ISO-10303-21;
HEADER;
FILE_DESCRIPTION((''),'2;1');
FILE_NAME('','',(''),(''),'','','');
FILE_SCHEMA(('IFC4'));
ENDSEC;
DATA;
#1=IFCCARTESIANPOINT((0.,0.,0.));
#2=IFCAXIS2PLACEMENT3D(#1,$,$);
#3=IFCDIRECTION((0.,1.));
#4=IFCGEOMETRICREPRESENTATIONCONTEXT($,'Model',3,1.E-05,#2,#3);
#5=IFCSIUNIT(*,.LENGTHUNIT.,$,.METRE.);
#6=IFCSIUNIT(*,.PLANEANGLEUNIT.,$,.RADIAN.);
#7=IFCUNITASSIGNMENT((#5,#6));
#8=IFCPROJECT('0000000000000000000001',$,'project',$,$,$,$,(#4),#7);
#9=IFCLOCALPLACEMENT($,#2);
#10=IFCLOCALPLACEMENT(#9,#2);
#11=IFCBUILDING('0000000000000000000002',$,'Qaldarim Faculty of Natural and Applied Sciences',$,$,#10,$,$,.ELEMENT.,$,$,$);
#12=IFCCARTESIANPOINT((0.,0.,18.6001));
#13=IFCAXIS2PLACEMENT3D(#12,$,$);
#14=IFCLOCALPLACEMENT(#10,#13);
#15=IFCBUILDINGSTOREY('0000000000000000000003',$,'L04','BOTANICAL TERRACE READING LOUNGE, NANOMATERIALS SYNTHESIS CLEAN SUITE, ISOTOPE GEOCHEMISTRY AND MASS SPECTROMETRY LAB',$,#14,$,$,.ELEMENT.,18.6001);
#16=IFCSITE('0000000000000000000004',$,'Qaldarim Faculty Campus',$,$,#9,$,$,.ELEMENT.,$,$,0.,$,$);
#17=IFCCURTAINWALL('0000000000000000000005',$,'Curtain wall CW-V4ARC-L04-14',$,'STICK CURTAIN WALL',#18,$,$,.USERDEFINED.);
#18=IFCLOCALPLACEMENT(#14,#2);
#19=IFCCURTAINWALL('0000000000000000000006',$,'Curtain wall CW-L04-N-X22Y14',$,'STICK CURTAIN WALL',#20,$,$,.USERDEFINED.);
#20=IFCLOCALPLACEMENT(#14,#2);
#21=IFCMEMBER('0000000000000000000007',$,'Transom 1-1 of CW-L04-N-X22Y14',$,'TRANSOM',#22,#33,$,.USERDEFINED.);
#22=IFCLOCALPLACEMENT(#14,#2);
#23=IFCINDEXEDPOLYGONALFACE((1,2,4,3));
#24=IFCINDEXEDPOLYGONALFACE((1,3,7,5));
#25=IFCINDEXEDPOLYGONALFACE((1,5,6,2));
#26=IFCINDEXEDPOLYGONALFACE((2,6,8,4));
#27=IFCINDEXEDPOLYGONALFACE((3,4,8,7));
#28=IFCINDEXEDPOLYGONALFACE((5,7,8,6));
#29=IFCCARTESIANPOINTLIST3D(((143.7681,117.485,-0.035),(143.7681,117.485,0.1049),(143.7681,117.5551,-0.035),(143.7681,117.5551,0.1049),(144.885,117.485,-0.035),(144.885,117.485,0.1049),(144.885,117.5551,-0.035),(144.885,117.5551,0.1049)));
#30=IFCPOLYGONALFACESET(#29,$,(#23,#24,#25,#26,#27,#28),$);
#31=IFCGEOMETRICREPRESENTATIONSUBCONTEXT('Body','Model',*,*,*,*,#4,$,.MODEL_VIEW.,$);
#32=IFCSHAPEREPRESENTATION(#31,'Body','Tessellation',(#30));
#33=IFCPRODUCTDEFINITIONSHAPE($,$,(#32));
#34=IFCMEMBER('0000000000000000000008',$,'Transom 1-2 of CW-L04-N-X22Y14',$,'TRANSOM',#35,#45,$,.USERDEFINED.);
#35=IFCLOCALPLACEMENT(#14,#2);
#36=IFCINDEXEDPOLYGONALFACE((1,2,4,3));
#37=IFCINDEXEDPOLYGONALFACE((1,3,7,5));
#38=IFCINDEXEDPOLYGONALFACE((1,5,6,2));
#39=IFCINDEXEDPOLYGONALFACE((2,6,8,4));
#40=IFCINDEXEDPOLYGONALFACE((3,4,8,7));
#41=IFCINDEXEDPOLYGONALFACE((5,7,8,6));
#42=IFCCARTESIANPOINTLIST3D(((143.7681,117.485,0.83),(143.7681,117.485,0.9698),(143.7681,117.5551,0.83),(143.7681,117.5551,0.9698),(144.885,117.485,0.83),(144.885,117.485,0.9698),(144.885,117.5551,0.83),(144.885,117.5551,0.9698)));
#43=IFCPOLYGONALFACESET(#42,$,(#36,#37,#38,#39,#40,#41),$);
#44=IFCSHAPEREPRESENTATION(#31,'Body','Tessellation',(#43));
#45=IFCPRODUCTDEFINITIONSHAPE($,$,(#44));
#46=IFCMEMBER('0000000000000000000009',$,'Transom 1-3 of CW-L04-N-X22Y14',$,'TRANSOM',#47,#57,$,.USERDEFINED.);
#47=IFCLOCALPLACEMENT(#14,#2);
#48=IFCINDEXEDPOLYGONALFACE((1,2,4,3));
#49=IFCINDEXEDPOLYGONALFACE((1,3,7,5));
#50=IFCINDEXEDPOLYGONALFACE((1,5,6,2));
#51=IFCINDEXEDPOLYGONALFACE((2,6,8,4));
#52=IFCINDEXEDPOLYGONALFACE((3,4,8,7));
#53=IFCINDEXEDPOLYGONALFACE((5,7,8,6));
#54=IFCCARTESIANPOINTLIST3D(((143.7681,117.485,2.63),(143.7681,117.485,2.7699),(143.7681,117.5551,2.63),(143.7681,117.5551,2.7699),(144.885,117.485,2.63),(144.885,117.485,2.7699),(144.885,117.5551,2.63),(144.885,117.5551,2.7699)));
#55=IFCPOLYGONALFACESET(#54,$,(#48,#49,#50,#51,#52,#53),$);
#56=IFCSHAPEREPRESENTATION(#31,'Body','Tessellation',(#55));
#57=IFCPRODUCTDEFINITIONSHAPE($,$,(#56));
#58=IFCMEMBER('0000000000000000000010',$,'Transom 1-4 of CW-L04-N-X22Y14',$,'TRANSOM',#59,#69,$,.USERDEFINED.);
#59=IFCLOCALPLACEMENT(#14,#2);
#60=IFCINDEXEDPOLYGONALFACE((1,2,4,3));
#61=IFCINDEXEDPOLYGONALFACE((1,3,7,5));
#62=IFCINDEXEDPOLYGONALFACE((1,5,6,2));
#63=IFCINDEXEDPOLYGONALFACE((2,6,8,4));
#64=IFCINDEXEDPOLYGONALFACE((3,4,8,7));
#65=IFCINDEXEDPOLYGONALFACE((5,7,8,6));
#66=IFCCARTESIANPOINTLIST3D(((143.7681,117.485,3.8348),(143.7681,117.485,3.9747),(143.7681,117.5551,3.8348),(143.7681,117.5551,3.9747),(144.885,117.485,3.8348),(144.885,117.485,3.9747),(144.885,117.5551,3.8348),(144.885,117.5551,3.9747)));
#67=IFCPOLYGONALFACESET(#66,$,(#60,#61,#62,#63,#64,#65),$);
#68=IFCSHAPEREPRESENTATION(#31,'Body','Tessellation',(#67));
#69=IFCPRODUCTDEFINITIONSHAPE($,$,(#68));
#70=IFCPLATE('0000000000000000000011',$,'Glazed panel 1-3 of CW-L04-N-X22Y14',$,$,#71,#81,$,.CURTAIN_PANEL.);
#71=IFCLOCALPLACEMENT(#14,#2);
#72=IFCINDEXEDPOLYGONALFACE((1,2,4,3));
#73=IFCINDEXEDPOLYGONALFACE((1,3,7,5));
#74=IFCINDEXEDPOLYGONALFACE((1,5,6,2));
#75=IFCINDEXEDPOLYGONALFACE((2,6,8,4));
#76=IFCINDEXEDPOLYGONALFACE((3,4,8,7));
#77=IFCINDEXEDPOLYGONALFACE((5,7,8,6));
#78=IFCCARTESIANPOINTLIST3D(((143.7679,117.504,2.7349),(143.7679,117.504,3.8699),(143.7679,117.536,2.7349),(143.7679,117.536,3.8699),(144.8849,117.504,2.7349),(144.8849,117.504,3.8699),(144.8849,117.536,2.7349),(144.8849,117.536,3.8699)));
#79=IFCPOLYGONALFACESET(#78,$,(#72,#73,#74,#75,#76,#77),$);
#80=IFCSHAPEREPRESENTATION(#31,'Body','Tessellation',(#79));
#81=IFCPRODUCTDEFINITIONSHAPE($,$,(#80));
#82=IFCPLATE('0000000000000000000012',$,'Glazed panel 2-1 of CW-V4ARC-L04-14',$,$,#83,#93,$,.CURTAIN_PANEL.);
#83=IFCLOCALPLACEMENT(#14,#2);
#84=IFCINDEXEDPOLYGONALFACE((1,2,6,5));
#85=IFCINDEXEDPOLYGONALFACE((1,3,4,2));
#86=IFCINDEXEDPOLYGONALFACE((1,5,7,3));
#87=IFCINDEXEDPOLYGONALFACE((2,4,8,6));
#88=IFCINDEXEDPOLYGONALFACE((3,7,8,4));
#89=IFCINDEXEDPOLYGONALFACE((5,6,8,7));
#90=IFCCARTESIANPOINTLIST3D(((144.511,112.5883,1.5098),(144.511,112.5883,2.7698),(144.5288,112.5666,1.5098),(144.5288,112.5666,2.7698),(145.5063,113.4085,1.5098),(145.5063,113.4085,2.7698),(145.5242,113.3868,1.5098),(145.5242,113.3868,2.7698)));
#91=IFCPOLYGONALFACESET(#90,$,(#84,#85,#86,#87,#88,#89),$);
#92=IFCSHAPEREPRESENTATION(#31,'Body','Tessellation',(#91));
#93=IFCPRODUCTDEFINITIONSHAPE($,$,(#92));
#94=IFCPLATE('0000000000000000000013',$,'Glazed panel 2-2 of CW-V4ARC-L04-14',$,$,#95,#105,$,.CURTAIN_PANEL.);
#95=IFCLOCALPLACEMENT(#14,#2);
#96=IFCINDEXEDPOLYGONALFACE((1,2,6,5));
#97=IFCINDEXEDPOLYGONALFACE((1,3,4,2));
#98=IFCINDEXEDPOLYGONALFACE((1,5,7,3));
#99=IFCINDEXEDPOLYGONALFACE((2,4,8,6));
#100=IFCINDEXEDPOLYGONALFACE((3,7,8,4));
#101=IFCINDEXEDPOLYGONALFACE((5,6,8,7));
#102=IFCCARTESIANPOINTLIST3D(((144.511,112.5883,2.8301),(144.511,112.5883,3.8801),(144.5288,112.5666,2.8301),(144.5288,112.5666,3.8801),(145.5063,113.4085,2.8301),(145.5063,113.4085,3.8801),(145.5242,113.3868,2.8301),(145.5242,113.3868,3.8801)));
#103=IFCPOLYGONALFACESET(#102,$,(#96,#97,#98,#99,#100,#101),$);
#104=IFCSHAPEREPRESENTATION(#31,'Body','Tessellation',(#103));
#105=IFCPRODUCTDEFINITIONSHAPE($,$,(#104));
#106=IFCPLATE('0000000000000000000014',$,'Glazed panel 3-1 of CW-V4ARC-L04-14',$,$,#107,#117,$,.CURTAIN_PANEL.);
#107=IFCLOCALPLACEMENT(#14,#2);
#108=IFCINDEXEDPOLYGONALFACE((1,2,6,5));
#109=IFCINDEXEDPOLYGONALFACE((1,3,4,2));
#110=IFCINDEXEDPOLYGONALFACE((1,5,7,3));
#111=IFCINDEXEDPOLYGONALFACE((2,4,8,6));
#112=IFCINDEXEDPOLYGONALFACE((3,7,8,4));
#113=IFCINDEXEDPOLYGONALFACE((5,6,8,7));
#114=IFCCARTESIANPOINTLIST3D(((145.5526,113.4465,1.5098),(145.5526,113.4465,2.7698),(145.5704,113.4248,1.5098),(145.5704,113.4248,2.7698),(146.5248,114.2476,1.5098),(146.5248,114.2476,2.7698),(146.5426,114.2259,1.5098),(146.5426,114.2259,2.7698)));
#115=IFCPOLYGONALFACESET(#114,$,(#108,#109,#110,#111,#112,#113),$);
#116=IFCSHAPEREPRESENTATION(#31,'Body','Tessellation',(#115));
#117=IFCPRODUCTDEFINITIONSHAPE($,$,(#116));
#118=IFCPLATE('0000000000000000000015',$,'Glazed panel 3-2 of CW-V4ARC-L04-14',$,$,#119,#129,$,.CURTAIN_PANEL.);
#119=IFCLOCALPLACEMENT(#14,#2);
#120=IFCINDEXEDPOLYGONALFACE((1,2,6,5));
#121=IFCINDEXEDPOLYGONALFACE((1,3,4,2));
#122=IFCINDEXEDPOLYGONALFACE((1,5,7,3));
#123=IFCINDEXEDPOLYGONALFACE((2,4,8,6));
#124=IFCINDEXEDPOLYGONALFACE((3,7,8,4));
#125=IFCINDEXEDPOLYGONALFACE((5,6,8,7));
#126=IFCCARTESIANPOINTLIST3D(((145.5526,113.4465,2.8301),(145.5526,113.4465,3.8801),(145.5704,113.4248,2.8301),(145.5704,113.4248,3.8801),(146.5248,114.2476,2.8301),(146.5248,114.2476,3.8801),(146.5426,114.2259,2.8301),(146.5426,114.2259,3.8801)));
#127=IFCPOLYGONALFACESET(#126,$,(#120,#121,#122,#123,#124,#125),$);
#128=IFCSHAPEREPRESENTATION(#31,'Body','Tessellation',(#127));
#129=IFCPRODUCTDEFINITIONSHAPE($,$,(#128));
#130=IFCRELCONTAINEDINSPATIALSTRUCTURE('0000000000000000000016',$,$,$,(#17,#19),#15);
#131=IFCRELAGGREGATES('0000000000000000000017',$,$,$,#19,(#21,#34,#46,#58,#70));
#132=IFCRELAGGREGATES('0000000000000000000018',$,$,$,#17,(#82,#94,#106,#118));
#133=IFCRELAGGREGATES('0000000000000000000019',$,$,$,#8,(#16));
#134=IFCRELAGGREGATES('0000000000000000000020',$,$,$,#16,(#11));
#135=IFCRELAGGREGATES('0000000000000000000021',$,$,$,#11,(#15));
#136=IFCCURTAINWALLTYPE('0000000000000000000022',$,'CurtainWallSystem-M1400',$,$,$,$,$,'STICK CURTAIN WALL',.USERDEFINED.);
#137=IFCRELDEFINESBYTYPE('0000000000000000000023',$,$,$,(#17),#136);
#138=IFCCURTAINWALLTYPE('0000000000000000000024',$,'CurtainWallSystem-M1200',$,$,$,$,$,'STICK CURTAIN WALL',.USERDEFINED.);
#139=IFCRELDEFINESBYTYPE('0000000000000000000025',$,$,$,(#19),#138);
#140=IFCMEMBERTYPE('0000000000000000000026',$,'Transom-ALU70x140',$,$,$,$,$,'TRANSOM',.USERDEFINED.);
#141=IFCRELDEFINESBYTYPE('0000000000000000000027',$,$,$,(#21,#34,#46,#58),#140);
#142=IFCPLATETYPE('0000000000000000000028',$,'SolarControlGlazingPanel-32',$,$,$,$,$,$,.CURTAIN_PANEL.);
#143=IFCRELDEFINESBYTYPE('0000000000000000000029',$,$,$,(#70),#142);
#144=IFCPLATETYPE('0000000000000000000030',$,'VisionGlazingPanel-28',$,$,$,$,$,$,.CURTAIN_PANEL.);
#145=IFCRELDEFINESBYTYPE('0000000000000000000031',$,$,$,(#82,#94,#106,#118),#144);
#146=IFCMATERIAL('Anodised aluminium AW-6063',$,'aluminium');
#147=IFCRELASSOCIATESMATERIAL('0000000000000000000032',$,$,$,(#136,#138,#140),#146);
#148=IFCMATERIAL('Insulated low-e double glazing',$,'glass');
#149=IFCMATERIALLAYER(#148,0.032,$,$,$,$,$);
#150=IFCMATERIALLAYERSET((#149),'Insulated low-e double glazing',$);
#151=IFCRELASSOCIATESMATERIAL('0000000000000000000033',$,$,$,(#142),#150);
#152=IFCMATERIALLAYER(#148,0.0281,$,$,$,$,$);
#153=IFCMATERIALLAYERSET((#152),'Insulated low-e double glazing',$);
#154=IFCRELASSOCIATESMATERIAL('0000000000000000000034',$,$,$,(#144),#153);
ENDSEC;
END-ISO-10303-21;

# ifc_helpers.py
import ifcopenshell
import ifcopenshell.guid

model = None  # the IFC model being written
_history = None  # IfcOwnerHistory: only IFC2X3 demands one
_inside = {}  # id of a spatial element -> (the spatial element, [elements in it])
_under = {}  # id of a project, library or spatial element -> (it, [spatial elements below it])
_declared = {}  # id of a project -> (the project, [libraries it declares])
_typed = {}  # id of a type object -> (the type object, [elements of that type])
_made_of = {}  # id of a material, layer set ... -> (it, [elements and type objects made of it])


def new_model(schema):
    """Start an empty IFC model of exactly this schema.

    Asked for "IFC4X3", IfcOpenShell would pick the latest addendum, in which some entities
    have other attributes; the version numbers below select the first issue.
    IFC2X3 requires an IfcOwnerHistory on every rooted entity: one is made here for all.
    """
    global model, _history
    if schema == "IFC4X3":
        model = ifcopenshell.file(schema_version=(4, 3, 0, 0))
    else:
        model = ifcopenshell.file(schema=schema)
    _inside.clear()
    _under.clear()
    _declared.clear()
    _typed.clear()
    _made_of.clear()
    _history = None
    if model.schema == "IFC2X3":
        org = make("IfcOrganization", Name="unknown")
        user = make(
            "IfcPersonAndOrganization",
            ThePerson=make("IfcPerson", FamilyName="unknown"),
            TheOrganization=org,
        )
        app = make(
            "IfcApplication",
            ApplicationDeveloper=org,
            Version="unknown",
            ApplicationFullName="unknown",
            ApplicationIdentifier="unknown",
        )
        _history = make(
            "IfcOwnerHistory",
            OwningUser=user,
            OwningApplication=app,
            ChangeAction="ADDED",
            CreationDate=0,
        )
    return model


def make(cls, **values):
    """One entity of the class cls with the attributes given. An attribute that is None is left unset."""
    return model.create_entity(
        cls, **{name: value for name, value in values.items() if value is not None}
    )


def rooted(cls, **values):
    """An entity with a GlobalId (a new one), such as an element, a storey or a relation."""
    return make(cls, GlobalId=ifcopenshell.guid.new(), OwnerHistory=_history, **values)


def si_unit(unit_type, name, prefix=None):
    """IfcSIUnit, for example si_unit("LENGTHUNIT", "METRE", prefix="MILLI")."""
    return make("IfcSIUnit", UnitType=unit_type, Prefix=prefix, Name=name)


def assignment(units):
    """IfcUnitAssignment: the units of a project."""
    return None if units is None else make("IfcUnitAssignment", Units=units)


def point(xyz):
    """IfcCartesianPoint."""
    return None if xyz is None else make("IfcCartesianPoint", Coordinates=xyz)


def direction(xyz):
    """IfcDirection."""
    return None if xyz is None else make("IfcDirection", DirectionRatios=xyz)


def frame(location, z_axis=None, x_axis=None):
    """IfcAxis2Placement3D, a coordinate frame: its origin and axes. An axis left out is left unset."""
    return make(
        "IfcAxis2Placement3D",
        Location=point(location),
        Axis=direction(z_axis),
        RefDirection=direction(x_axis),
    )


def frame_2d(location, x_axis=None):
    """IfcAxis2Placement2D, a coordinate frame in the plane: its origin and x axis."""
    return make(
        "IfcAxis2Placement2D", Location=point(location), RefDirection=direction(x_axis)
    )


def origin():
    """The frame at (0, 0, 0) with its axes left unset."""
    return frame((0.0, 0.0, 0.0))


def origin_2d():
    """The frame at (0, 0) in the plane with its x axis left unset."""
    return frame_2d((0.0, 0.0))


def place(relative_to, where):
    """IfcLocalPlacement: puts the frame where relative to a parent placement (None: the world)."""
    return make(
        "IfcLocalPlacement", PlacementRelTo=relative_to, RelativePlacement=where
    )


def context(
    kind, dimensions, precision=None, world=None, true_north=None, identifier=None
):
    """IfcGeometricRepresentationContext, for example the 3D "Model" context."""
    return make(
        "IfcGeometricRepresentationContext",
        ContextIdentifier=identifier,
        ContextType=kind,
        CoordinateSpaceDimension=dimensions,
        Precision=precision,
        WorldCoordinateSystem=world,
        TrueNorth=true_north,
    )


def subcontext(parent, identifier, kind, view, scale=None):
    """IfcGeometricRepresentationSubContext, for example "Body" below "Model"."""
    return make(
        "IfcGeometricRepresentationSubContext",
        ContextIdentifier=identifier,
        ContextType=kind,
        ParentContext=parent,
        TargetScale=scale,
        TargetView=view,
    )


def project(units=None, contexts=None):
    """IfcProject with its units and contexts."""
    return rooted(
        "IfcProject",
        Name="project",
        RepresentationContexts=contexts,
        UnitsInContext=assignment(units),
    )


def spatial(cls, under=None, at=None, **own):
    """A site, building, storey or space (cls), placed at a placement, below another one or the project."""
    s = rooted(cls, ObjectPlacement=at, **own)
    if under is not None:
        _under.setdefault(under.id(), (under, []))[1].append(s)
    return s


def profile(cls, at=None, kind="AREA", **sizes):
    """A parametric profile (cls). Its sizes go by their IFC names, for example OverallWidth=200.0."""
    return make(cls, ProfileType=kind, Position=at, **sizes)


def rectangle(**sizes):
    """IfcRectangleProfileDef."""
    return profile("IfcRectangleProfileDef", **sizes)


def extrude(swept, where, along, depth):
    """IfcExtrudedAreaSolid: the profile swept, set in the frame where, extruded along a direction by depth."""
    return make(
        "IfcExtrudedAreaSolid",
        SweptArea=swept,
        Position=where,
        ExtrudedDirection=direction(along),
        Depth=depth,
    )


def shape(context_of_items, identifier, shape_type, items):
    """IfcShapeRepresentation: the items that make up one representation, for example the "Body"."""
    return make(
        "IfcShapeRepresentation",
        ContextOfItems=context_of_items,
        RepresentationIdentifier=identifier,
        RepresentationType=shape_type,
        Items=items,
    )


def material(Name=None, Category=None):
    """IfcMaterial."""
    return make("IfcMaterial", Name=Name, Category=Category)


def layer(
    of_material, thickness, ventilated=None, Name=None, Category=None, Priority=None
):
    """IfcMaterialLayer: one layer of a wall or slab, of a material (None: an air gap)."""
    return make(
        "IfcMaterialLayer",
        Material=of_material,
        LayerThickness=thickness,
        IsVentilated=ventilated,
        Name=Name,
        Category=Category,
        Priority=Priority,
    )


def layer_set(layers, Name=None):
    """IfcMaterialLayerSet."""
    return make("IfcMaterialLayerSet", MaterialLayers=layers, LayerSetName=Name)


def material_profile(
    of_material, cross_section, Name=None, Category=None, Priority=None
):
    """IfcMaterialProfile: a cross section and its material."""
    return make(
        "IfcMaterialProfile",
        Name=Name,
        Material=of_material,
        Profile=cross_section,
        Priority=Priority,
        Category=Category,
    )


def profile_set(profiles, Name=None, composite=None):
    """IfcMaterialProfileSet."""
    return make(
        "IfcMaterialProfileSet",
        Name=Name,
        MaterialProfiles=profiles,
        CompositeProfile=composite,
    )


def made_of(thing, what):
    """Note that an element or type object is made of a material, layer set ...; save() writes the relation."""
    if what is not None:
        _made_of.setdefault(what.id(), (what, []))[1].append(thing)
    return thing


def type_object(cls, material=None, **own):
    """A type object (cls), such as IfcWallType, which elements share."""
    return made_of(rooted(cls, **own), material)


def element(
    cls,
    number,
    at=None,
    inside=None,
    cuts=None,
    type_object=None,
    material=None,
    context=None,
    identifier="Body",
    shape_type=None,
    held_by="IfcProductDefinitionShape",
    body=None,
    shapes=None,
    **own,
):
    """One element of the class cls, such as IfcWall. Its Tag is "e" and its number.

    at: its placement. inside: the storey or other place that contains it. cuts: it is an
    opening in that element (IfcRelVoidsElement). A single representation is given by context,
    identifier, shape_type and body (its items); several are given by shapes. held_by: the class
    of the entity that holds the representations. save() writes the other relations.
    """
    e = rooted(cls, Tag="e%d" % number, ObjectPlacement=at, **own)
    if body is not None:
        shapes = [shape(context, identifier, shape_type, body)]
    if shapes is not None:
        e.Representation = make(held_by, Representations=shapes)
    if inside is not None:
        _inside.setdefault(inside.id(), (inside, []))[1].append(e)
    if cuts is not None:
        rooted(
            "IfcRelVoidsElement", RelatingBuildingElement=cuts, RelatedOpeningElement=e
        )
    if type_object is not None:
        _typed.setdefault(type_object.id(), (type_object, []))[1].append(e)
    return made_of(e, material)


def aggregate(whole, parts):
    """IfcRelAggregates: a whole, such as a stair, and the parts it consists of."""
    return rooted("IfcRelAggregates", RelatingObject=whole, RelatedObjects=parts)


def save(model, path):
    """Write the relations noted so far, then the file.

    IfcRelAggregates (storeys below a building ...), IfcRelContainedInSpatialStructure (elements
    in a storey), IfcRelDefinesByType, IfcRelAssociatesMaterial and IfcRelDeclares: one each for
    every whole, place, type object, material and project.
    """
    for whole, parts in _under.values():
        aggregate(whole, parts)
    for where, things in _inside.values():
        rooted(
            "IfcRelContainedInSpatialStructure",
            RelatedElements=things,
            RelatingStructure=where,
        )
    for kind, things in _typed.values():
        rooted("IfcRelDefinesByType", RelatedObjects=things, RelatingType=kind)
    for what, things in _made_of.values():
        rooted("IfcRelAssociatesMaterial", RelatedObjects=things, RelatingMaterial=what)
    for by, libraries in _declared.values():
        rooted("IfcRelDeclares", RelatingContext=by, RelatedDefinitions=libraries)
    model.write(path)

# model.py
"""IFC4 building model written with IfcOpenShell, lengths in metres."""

from ifc_helpers import new_model, si_unit, direction, frame, origin, origin_2d, place, context, subcontext, project, spatial, rectangle, extrude, material, layer, layer_set, material_profile, profile_set, type_object, element, aggregate, save


model = new_model("IFC4")

# Units and contexts
model_context = context("Model", 3, precision=1e-05, world=origin(), true_north=direction((0.0, 1.0)))
body_context = subcontext(model_context, "Body", "Model", "MODEL_VIEW")
ifc_project = project(units=[si_unit("LENGTHUNIT", "METRE"), si_unit("PLANEANGLEUNIT", "RADIAN")], contexts=[model_context])

# Site, building, storey
site_placement = place(None, origin())
site = spatial("IfcSite", under=ifc_project, at=site_placement, Name="Qaldarim Faculty Campus", CompositionType="ELEMENT", RefElevation=0.0)
building_placement = place(site_placement, origin())
building = spatial("IfcBuilding", under=site, at=building_placement, Name="Qaldarim Faculty of Natural and Applied Sciences", CompositionType="ELEMENT")
storey_placement = place(building_placement, frame((0.0, 0.0, 18.6001)))
storey = spatial("IfcBuildingStorey", under=building, at=storey_placement, Name="L04", Description="BOTANICAL TERRACE READING LOUNGE, NANOMATERIALS SYNTHESIS CLEAN SUITE, ISOTOPE GEOCHEMISTRY AND MASS SPECTROMETRY LAB", CompositionType="ELEMENT", Elevation=18.6001)

# Curtain wall
ifc_material_1 = material(Name="Anodised aluminium AW-6063", Category="aluminium")
curtain_wall_type_1 = type_object("IfcCurtainWallType", Name="CurtainWallSystem-M1400", ElementType="STICK CURTAIN WALL", PredefinedType="USERDEFINED", material=ifc_material_1)
curtain_wall_1_placement = place(storey_placement, origin())
curtain_wall_1 = element("IfcCurtainWall", 1, at=curtain_wall_1_placement, inside=storey, type_object=curtain_wall_type_1, Name="Curtain wall CW-V4ARC-L04-14", ObjectType="STICK CURTAIN WALL", PredefinedType="USERDEFINED")

# Curtain wall
curtain_wall_type_2 = type_object("IfcCurtainWallType", Name="CurtainWallSystem-M1200", ElementType="STICK CURTAIN WALL", PredefinedType="USERDEFINED", material=ifc_material_1)
curtain_wall_2_placement = place(storey_placement, origin())
curtain_wall_2 = element("IfcCurtainWall", 2, at=curtain_wall_2_placement, inside=storey, type_object=curtain_wall_type_2, Name="Curtain wall CW-L04-N-X22Y14", ObjectType="STICK CURTAIN WALL", PredefinedType="USERDEFINED")

# Members
ifc_material_profile_1 = material_profile(ifc_material_1, rectangle(XDim=0.0701, YDim=0.1399, at=origin_2d()), Name="ALU-T70x140")
ifc_profile_set_1 = profile_set([ifc_material_profile_1], Name="Anodised aluminium AW-6063")
member_type_1 = type_object("IfcMemberType", Name="Transom-ALU70x140", ElementType="TRANSOM", PredefinedType="USERDEFINED", material=ifc_profile_set_1)
member_1_placement = place(storey_placement, frame((144.885, 117.52, 0.0349), z_axis=(-1.0, 0.0, 0.0), x_axis=(0.0, -1.0, 0.0)))
member_1 = element("IfcMember", 3, at=member_1_placement, type_object=member_type_1, Name="Transom 1-1 of CW-L04-N-X22Y14", ObjectType="TRANSOM", PredefinedType="USERDEFINED", context=body_context, shape_type="SweptSolid", body=[
    extrude(rectangle(XDim=0.0701, YDim=0.1399, at=origin_2d()), origin(), (0.0, 0.0, 1.0), 1.1169),
])
member_2_placement = place(storey_placement, frame((144.885, 117.52, 0.8999), z_axis=(-1.0, 0.0, 0.0), x_axis=(0.0, -1.0, 0.0)))
member_2 = element("IfcMember", 4, at=member_2_placement, type_object=member_type_1, Name="Transom 1-2 of CW-L04-N-X22Y14", ObjectType="TRANSOM", PredefinedType="USERDEFINED", context=body_context, shape_type="SweptSolid", body=[
    extrude(rectangle(XDim=0.0701, YDim=0.1399, at=origin_2d()), origin(), (0.0, 0.0, 1.0), 1.1169),
])
member_3_placement = place(storey_placement, frame((144.885, 117.52, 2.7), z_axis=(-1.0, 0.0, 0.0), x_axis=(0.0, -1.0, 0.0)))
member_3 = element("IfcMember", 5, at=member_3_placement, type_object=member_type_1, Name="Transom 1-3 of CW-L04-N-X22Y14", ObjectType="TRANSOM", PredefinedType="USERDEFINED", context=body_context, shape_type="SweptSolid", body=[
    extrude(rectangle(XDim=0.0701, YDim=0.1399, at=origin_2d()), origin(), (0.0, 0.0, 1.0), 1.1169),
])
member_4_placement = place(storey_placement, frame((144.885, 117.52, 3.9048), z_axis=(-1.0, 0.0, 0.0), x_axis=(0.0, -1.0, 0.0)))
member_4 = element("IfcMember", 6, at=member_4_placement, type_object=member_type_1, Name="Transom 1-4 of CW-L04-N-X22Y14", ObjectType="TRANSOM", PredefinedType="USERDEFINED", context=body_context, shape_type="SweptSolid", body=[
    extrude(rectangle(XDim=0.0701, YDim=0.1399, at=origin_2d()), origin(), (0.0, 0.0, 1.0), 1.1169),
])

# Plates
ifc_material_2 = material(Name="Insulated low-e double glazing", Category="glass")
ifc_layer_1 = layer(ifc_material_2, 0.032)
ifc_layer_set_1 = layer_set([ifc_layer_1], Name="Insulated low-e double glazing")
plate_type_1 = type_object("IfcPlateType", Name="SolarControlGlazingPanel-32", PredefinedType="CURTAIN_PANEL", material=ifc_layer_set_1)
plate_1_placement = place(storey_placement, frame((144.3264, 117.52, 2.7349), z_axis=(0.0, 0.0, 1.0), x_axis=(-1.0, 0.0, 0.0)))
plate_1 = element("IfcPlate", 7, at=plate_1_placement, type_object=plate_type_1, Name="Glazed panel 1-3 of CW-L04-N-X22Y14", PredefinedType="CURTAIN_PANEL", context=body_context, shape_type="SweptSolid", body=[
    extrude(rectangle(XDim=1.1169, YDim=0.032, at=origin_2d()), origin(), (0.0, 0.0, 1.0), 1.135),
])
aggregate(curtain_wall_2, [member_1, member_2, member_3, member_4, plate_1])
ifc_layer_2 = layer(ifc_material_2, 0.0281)
ifc_layer_set_2 = layer_set([ifc_layer_2], Name="Insulated low-e double glazing")
plate_type_2 = type_object("IfcPlateType", Name="VisionGlazingPanel-28", PredefinedType="CURTAIN_PANEL", material=ifc_layer_set_2)
plate_2_placement = place(storey_placement, frame((145.0176, 112.9875, 1.5098), z_axis=(0.0, 0.0, 1.0), x_axis=(0.771747, 0.63593, 0.0)))
plate_2 = element("IfcPlate", 8, at=plate_2_placement, type_object=plate_type_2, Name="Glazed panel 2-1 of CW-V4ARC-L04-14", PredefinedType="CURTAIN_PANEL", context=body_context, shape_type="SweptSolid", body=[
    extrude(rectangle(XDim=1.2898, YDim=0.0281, at=origin_2d()), origin(), (0.0, 0.0, 1.0), 1.26),
])
plate_3_placement = place(storey_placement, frame((145.0176, 112.9875, 2.8301), z_axis=(0.0, 0.0, 1.0), x_axis=(0.771747, 0.63593, 0.0)))
plate_3 = element("IfcPlate", 9, at=plate_3_placement, type_object=plate_type_2, Name="Glazed panel 2-2 of CW-V4ARC-L04-14", PredefinedType="CURTAIN_PANEL", context=body_context, shape_type="SweptSolid", body=[
    extrude(rectangle(XDim=1.2898, YDim=0.0281, at=origin_2d()), origin(), (0.0, 0.0, 1.0), 1.05),
])
plate_4_placement = place(storey_placement, frame((146.0476, 113.8362, 1.5098), z_axis=(0.0, 0.0, 1.0), x_axis=(0.771747, 0.63593, 0.0)))
plate_4 = element("IfcPlate", 10, at=plate_4_placement, type_object=plate_type_2, Name="Glazed panel 3-1 of CW-V4ARC-L04-14", PredefinedType="CURTAIN_PANEL", context=body_context, shape_type="SweptSolid", body=[
    extrude(rectangle(XDim=1.2598, YDim=0.0281, at=origin_2d()), origin(), (0.0, 0.0, 1.0), 1.26),
])
plate_5_placement = place(storey_placement, frame((146.0476, 113.8362, 2.8301), z_axis=(0.0, 0.0, 1.0), x_axis=(0.771747, 0.63593, 0.0)))
plate_5 = element("IfcPlate", 11, at=plate_5_placement, type_object=plate_type_2, Name="Glazed panel 3-2 of CW-V4ARC-L04-14", PredefinedType="CURTAIN_PANEL", context=body_context, shape_type="SweptSolid", body=[
    extrude(rectangle(XDim=1.2598, YDim=0.0281, at=origin_2d()), origin(), (0.0, 0.0, 1.0), 1.05),
])
aggregate(curtain_wall_1, [plate_2, plate_3, plate_4, plate_5])

save(model, "model.ifc")
